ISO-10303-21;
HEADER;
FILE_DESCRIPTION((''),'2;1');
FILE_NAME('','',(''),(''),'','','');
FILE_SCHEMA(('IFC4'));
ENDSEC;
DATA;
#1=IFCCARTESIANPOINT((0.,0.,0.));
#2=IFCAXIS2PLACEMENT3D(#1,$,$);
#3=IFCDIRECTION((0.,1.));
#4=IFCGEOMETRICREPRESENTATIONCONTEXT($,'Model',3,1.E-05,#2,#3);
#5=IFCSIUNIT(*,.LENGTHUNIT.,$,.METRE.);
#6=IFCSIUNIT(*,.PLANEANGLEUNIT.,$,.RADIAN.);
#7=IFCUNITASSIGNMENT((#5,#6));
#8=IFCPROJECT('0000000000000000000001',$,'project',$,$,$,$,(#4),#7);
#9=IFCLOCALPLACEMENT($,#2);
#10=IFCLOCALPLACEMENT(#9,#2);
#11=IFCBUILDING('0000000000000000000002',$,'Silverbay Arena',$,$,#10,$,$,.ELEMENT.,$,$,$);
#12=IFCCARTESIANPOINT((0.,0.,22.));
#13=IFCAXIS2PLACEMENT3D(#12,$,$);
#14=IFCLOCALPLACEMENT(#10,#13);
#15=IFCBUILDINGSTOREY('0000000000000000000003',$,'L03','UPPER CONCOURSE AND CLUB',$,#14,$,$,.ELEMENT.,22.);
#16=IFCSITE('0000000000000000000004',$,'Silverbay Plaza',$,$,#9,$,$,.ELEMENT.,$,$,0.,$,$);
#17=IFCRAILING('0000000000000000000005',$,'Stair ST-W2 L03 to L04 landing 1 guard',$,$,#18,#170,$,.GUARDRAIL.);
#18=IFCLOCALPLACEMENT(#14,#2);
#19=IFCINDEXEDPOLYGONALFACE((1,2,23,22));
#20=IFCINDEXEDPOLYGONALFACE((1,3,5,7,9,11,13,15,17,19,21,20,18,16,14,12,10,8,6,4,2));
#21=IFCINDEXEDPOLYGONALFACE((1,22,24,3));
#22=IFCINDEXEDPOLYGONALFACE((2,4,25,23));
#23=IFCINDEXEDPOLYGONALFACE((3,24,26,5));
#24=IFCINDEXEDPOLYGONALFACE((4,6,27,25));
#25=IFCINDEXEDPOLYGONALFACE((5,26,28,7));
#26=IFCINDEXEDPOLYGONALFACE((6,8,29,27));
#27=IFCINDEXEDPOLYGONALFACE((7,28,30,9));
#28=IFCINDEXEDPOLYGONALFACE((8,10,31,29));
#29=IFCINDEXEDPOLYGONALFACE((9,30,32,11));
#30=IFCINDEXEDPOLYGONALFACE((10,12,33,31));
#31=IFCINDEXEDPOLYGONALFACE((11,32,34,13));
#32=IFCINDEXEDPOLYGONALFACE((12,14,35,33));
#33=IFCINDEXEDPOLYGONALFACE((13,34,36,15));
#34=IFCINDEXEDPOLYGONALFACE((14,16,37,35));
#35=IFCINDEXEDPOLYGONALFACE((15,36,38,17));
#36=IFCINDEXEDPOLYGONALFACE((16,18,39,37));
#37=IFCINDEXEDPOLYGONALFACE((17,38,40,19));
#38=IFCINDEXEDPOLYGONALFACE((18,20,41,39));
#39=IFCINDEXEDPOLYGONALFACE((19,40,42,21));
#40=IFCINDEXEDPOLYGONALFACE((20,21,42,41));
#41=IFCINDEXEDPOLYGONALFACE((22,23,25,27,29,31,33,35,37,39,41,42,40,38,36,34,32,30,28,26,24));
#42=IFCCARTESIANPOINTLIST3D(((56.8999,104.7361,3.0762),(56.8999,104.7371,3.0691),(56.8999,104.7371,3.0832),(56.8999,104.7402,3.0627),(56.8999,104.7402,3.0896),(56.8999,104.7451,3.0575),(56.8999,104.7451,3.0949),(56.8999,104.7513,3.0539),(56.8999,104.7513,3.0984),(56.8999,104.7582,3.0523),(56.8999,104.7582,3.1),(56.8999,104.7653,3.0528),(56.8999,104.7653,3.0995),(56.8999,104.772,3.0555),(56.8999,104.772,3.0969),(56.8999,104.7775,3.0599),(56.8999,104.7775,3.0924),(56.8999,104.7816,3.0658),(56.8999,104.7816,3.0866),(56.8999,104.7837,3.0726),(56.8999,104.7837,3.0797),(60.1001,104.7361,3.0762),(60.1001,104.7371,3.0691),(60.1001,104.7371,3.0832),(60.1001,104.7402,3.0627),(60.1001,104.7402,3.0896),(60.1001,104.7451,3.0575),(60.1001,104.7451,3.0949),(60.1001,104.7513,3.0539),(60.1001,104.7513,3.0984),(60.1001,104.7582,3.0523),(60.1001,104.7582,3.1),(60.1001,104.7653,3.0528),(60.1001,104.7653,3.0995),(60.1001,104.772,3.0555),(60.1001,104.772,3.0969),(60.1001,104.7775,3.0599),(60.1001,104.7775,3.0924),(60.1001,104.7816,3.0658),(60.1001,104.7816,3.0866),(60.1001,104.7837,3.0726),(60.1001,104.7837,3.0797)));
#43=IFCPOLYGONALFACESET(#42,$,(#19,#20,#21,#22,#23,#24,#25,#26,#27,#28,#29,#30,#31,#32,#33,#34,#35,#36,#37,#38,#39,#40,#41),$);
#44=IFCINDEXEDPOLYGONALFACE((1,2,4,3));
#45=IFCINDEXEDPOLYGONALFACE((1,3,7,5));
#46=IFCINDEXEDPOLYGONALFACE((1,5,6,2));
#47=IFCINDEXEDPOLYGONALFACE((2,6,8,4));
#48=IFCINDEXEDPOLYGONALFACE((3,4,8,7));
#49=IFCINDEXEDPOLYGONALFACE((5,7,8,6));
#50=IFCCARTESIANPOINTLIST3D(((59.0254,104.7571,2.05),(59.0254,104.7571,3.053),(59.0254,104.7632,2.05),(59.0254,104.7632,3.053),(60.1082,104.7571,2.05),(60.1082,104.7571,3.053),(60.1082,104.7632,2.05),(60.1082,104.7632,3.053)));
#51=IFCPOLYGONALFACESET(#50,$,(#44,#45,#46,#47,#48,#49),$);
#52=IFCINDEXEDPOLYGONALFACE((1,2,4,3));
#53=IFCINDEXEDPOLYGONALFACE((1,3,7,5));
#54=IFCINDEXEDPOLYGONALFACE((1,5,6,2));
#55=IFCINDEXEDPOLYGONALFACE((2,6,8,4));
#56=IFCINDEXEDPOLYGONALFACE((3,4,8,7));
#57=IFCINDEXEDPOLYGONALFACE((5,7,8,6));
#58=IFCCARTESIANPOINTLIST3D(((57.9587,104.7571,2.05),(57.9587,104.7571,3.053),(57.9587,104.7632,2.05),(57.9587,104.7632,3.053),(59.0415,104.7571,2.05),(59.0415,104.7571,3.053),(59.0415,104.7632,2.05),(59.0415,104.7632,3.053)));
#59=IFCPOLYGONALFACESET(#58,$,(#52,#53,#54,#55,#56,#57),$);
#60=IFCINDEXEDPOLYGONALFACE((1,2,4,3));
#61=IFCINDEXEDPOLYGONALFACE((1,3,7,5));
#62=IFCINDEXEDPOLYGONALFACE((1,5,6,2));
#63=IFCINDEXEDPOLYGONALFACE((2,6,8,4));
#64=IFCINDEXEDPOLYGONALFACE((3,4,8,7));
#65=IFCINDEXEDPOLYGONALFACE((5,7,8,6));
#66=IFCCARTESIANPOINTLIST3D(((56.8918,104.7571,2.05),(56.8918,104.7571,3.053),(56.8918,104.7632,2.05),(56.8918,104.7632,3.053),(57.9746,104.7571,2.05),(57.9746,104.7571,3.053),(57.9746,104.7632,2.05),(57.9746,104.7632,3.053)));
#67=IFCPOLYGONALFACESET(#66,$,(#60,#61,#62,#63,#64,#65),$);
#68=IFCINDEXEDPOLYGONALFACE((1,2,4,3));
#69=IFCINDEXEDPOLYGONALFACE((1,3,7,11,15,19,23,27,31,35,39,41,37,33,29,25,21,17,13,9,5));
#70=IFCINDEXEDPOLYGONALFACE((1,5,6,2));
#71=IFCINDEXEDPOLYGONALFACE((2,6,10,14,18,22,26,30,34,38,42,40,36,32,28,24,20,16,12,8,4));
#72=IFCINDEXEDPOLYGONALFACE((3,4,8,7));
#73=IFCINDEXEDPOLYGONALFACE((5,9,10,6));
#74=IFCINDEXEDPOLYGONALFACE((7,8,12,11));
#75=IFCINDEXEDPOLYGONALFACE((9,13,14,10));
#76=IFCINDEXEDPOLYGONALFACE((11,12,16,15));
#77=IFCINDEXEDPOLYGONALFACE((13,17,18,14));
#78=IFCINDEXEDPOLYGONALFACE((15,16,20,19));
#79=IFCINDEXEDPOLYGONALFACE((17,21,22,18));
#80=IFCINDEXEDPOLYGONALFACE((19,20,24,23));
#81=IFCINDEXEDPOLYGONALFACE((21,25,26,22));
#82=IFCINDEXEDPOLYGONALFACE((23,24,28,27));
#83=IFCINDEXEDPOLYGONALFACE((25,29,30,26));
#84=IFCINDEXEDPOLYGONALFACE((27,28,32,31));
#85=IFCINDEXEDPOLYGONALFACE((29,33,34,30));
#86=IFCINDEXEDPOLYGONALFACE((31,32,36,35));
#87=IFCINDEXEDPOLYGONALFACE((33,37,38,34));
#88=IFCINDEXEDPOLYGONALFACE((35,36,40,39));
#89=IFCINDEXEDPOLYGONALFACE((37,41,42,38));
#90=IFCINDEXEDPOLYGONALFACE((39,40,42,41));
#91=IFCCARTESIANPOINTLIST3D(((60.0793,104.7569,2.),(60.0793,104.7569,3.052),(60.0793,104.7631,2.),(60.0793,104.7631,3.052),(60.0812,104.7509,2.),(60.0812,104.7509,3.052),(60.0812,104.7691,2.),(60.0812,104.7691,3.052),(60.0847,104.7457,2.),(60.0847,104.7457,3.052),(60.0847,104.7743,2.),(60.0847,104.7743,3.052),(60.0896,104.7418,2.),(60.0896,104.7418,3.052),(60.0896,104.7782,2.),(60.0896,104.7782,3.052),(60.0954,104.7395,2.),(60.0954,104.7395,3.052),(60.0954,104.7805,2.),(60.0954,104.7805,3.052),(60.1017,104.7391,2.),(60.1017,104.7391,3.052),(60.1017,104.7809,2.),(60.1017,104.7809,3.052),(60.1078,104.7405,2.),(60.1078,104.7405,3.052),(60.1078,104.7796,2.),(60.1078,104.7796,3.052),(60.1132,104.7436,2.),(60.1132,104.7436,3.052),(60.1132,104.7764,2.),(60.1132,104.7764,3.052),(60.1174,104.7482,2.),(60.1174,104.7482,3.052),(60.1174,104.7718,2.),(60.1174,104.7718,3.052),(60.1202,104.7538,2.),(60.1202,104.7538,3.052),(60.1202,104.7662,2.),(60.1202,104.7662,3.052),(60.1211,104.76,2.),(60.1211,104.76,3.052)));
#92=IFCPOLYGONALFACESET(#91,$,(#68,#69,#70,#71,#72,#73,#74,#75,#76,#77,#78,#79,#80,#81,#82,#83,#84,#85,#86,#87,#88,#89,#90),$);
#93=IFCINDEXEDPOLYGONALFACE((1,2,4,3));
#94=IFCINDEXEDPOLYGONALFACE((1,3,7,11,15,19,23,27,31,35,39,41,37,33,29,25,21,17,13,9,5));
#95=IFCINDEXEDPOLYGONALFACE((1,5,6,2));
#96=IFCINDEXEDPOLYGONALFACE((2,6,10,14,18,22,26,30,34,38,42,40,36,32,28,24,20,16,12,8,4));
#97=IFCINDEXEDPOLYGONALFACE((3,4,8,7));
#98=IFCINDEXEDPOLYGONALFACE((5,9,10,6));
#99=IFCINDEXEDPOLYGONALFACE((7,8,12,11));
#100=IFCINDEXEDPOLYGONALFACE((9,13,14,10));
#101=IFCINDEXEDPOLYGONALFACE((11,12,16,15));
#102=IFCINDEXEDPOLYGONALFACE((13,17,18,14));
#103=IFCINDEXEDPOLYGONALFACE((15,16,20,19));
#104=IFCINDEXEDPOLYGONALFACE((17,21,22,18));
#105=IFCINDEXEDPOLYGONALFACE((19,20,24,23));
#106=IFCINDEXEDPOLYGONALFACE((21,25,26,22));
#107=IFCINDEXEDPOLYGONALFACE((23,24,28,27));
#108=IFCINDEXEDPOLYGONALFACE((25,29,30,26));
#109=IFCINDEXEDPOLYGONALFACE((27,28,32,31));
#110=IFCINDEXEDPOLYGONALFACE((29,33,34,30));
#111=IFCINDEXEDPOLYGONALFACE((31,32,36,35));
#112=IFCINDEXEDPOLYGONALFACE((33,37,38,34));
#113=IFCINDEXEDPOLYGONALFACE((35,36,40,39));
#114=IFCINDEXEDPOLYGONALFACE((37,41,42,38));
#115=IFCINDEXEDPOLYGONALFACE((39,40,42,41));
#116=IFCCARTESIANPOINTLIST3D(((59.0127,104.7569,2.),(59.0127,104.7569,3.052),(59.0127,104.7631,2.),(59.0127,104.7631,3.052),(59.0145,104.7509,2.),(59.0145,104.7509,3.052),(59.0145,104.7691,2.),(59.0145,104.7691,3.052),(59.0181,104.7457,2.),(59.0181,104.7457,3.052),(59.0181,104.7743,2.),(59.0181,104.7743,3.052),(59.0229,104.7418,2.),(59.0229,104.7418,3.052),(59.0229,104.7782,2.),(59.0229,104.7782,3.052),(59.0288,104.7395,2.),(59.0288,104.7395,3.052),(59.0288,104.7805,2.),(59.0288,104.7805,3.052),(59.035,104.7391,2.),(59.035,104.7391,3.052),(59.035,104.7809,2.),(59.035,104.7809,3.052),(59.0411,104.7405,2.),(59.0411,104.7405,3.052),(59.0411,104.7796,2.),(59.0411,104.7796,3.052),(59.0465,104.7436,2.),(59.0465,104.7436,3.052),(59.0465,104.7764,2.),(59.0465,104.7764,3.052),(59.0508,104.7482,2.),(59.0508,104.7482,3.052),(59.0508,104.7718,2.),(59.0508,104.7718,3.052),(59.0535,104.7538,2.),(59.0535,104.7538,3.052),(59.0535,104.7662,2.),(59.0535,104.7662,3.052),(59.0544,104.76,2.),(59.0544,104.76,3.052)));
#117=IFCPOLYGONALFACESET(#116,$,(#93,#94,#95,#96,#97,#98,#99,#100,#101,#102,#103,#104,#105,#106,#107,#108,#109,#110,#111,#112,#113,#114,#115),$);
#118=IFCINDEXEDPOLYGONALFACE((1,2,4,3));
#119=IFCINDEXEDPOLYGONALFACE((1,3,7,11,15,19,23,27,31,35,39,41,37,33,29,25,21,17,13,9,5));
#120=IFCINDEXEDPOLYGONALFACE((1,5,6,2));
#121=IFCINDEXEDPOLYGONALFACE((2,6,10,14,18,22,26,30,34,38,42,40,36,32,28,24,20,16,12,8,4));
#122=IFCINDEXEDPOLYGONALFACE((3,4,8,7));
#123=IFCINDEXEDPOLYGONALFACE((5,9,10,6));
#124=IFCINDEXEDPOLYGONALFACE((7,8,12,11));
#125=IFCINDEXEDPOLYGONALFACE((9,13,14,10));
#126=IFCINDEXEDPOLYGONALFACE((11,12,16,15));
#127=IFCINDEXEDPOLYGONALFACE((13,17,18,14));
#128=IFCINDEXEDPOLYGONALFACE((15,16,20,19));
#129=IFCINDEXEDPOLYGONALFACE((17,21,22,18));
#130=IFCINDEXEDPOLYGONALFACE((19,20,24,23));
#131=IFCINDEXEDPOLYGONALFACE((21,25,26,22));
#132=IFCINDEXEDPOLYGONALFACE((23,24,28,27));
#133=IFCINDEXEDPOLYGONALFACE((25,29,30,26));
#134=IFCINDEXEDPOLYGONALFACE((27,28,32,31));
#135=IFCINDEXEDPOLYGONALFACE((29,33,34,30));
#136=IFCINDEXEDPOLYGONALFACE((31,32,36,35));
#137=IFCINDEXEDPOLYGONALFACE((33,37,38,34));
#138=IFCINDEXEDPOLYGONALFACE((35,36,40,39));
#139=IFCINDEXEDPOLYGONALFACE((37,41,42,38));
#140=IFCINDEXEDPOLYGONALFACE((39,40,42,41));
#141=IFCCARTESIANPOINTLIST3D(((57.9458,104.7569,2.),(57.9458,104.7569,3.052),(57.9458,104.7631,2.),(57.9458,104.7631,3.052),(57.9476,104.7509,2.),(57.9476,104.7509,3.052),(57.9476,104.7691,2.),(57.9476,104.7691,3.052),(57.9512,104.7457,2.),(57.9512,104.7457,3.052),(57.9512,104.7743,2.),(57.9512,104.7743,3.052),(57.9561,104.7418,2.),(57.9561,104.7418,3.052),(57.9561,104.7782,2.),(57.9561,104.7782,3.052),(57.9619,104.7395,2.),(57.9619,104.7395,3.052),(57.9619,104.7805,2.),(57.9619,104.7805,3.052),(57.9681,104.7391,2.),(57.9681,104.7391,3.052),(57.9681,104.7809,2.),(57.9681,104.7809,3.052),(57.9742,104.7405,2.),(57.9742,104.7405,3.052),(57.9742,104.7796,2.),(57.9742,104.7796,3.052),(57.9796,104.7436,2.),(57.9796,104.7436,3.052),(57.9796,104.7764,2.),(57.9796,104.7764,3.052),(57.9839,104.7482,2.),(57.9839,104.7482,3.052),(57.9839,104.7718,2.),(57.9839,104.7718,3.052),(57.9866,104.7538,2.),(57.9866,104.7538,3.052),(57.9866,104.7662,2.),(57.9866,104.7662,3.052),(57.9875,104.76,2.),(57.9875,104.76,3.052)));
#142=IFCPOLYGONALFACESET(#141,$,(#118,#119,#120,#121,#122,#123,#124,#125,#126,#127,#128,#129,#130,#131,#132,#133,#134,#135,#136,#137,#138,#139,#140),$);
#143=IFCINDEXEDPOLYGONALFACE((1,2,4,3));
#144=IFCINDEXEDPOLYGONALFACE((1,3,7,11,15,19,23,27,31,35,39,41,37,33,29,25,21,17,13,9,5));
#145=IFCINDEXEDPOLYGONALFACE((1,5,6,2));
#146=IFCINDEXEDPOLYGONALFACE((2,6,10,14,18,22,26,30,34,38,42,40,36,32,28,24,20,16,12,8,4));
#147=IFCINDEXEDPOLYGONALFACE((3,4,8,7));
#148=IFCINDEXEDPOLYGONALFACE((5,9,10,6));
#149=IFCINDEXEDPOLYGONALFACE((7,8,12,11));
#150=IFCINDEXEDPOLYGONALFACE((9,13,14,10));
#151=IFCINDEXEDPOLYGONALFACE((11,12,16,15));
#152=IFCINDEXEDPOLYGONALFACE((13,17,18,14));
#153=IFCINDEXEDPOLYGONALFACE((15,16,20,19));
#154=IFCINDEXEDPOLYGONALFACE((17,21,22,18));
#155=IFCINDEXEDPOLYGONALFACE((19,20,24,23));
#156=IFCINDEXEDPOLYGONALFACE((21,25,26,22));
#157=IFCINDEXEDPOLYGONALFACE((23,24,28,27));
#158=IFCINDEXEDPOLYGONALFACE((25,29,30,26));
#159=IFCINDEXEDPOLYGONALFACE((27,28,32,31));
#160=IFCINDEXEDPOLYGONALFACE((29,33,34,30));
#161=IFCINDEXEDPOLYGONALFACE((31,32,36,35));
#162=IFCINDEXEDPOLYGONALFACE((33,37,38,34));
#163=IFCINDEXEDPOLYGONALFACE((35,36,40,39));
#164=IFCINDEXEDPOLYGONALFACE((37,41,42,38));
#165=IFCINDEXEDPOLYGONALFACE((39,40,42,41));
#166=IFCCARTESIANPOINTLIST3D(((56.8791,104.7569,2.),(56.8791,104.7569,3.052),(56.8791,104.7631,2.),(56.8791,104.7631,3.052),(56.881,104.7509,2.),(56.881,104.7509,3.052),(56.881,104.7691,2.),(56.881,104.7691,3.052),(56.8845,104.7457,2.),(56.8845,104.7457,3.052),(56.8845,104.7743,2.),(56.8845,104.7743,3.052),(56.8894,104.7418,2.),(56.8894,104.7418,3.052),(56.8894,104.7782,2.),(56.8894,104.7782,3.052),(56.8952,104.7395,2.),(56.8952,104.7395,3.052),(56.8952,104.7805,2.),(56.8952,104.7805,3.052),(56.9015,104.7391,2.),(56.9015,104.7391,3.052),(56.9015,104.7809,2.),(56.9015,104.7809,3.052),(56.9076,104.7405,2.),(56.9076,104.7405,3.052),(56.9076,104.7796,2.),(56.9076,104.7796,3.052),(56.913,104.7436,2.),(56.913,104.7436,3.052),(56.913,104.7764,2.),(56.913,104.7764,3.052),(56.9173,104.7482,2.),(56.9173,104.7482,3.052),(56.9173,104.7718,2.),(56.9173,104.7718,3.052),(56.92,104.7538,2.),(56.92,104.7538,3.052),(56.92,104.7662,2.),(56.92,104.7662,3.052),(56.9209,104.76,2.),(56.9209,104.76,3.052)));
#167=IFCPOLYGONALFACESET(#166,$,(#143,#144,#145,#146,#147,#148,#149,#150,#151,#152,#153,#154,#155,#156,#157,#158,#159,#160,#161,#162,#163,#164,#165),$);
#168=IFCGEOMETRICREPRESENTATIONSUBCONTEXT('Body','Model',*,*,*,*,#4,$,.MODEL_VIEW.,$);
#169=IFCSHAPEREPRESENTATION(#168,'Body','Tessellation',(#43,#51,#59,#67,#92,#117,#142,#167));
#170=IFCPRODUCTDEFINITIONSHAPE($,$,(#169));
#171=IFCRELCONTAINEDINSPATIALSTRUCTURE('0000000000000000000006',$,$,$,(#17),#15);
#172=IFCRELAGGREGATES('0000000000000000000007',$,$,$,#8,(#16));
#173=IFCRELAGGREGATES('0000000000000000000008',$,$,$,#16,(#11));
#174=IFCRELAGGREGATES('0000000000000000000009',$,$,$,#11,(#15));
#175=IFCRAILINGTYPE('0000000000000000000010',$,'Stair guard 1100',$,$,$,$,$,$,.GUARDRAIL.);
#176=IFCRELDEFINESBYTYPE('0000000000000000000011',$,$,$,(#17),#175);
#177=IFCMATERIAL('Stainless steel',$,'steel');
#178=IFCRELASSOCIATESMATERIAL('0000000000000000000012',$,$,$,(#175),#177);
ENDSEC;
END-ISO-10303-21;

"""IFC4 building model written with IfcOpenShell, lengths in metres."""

from ifc_helpers import new_model, si_unit, direction, frame, origin, origin_2d, place, context, subcontext, project, spatial, polyline, circle, outline, extrude, material, type_object, element, save


model = new_model("IFC4")

# Units and contexts
model_context = context("Model", 3, precision=1e-05, world=origin(), true_north=direction((0.0, 1.0)))
body_context = subcontext(model_context, "Body", "Model", "MODEL_VIEW")
ifc_project = project(units=[si_unit("LENGTHUNIT", "METRE"), si_unit("PLANEANGLEUNIT", "RADIAN")], contexts=[model_context])

# Site, building, storey
site_placement = place(None, origin())
site = spatial("IfcSite", under=ifc_project, at=site_placement, Name="Silverbay Plaza", CompositionType="ELEMENT", RefElevation=0.0)
building_placement = place(site_placement, origin())
building = spatial("IfcBuilding", under=site, at=building_placement, Name="Silverbay Arena", CompositionType="ELEMENT")
storey_placement = place(building_placement, frame((0.0, 0.0, 22.0)))
storey = spatial("IfcBuildingStorey", under=building, at=storey_placement, Name="L03", Description="UPPER CONCOURSE AND CLUB", CompositionType="ELEMENT", Elevation=22.0)

# Railing
ifc_material_1 = material(Name="Stainless steel", Category="steel")
railing_type_1 = type_object("IfcRailingType", Name="Stair guard 1100", PredefinedType="GUARDRAIL", material=ifc_material_1)
for number, where, name in (
    (1, (60.1001, 104.76, 2.0), "Stair ST-W2 L03 to L04 landing 1 guard"),
):
    element("IfcRailing", number, at=place(storey_placement, frame(where)), inside=storey, type_object=railing_type_1, Name=name, PredefinedType="GUARDRAIL", context=body_context, shape_type="SweptSolid", body=[
        extrude(circle(Radius=0.0239, at=origin_2d()), frame((0.0, 0.0, 1.0762), z_axis=(-1.0, 0.0, 0.0), x_axis=(0.0, -1.0, 0.0)), (0.0, 0.0, 1.0), 3.2002),
        extrude(outline(polyline([(-0.0081, 0.05), (1.0747, 0.05), (1.0747, 1.053), (-0.0081, 1.053), (-0.0081, 0.05)])), frame((0.0, -0.0029, 0.0), z_axis=(0.0, 1.0, 0.0), x_axis=(-1.0, 0.0, 0.0)), (0.0, 0.0, 1.0), 0.0061),
        extrude(outline(polyline([(-0.0081, 0.05), (1.0747, 0.05), (1.0747, 1.053), (-0.0081, 1.053), (-0.0081, 0.05)])), frame((-1.0667, -0.0029, 0.0), z_axis=(0.0, 1.0, 0.0), x_axis=(-1.0, 0.0, 0.0)), (0.0, 0.0, 1.0), 0.0061),
        extrude(outline(polyline([(-0.0081, 0.05), (1.0747, 0.05), (1.0747, 1.053), (-0.0081, 1.053), (-0.0081, 0.05)])), frame((-2.1335, -0.0029, 0.0), z_axis=(0.0, 1.0, 0.0), x_axis=(-1.0, 0.0, 0.0)), (0.0, 0.0, 1.0), 0.0061),
        extrude(circle(Radius=0.021, at=origin_2d()), origin(), (0.0, 0.0, 1.0), 1.052),
        extrude(circle(Radius=0.021, at=origin_2d()), frame((-1.0667, 0.0, 0.0)), (0.0, 0.0, 1.0), 1.052),
        extrude(circle(Radius=0.021, at=origin_2d()), frame((-2.1335, 0.0, 0.0)), (0.0, 0.0, 1.0), 1.052),
        extrude(circle(Radius=0.021, at=origin_2d()), frame((-3.2002, 0.0, 0.0)), (0.0, 0.0, 1.0), 1.052),
    ])

save(model, "model.ifc")
